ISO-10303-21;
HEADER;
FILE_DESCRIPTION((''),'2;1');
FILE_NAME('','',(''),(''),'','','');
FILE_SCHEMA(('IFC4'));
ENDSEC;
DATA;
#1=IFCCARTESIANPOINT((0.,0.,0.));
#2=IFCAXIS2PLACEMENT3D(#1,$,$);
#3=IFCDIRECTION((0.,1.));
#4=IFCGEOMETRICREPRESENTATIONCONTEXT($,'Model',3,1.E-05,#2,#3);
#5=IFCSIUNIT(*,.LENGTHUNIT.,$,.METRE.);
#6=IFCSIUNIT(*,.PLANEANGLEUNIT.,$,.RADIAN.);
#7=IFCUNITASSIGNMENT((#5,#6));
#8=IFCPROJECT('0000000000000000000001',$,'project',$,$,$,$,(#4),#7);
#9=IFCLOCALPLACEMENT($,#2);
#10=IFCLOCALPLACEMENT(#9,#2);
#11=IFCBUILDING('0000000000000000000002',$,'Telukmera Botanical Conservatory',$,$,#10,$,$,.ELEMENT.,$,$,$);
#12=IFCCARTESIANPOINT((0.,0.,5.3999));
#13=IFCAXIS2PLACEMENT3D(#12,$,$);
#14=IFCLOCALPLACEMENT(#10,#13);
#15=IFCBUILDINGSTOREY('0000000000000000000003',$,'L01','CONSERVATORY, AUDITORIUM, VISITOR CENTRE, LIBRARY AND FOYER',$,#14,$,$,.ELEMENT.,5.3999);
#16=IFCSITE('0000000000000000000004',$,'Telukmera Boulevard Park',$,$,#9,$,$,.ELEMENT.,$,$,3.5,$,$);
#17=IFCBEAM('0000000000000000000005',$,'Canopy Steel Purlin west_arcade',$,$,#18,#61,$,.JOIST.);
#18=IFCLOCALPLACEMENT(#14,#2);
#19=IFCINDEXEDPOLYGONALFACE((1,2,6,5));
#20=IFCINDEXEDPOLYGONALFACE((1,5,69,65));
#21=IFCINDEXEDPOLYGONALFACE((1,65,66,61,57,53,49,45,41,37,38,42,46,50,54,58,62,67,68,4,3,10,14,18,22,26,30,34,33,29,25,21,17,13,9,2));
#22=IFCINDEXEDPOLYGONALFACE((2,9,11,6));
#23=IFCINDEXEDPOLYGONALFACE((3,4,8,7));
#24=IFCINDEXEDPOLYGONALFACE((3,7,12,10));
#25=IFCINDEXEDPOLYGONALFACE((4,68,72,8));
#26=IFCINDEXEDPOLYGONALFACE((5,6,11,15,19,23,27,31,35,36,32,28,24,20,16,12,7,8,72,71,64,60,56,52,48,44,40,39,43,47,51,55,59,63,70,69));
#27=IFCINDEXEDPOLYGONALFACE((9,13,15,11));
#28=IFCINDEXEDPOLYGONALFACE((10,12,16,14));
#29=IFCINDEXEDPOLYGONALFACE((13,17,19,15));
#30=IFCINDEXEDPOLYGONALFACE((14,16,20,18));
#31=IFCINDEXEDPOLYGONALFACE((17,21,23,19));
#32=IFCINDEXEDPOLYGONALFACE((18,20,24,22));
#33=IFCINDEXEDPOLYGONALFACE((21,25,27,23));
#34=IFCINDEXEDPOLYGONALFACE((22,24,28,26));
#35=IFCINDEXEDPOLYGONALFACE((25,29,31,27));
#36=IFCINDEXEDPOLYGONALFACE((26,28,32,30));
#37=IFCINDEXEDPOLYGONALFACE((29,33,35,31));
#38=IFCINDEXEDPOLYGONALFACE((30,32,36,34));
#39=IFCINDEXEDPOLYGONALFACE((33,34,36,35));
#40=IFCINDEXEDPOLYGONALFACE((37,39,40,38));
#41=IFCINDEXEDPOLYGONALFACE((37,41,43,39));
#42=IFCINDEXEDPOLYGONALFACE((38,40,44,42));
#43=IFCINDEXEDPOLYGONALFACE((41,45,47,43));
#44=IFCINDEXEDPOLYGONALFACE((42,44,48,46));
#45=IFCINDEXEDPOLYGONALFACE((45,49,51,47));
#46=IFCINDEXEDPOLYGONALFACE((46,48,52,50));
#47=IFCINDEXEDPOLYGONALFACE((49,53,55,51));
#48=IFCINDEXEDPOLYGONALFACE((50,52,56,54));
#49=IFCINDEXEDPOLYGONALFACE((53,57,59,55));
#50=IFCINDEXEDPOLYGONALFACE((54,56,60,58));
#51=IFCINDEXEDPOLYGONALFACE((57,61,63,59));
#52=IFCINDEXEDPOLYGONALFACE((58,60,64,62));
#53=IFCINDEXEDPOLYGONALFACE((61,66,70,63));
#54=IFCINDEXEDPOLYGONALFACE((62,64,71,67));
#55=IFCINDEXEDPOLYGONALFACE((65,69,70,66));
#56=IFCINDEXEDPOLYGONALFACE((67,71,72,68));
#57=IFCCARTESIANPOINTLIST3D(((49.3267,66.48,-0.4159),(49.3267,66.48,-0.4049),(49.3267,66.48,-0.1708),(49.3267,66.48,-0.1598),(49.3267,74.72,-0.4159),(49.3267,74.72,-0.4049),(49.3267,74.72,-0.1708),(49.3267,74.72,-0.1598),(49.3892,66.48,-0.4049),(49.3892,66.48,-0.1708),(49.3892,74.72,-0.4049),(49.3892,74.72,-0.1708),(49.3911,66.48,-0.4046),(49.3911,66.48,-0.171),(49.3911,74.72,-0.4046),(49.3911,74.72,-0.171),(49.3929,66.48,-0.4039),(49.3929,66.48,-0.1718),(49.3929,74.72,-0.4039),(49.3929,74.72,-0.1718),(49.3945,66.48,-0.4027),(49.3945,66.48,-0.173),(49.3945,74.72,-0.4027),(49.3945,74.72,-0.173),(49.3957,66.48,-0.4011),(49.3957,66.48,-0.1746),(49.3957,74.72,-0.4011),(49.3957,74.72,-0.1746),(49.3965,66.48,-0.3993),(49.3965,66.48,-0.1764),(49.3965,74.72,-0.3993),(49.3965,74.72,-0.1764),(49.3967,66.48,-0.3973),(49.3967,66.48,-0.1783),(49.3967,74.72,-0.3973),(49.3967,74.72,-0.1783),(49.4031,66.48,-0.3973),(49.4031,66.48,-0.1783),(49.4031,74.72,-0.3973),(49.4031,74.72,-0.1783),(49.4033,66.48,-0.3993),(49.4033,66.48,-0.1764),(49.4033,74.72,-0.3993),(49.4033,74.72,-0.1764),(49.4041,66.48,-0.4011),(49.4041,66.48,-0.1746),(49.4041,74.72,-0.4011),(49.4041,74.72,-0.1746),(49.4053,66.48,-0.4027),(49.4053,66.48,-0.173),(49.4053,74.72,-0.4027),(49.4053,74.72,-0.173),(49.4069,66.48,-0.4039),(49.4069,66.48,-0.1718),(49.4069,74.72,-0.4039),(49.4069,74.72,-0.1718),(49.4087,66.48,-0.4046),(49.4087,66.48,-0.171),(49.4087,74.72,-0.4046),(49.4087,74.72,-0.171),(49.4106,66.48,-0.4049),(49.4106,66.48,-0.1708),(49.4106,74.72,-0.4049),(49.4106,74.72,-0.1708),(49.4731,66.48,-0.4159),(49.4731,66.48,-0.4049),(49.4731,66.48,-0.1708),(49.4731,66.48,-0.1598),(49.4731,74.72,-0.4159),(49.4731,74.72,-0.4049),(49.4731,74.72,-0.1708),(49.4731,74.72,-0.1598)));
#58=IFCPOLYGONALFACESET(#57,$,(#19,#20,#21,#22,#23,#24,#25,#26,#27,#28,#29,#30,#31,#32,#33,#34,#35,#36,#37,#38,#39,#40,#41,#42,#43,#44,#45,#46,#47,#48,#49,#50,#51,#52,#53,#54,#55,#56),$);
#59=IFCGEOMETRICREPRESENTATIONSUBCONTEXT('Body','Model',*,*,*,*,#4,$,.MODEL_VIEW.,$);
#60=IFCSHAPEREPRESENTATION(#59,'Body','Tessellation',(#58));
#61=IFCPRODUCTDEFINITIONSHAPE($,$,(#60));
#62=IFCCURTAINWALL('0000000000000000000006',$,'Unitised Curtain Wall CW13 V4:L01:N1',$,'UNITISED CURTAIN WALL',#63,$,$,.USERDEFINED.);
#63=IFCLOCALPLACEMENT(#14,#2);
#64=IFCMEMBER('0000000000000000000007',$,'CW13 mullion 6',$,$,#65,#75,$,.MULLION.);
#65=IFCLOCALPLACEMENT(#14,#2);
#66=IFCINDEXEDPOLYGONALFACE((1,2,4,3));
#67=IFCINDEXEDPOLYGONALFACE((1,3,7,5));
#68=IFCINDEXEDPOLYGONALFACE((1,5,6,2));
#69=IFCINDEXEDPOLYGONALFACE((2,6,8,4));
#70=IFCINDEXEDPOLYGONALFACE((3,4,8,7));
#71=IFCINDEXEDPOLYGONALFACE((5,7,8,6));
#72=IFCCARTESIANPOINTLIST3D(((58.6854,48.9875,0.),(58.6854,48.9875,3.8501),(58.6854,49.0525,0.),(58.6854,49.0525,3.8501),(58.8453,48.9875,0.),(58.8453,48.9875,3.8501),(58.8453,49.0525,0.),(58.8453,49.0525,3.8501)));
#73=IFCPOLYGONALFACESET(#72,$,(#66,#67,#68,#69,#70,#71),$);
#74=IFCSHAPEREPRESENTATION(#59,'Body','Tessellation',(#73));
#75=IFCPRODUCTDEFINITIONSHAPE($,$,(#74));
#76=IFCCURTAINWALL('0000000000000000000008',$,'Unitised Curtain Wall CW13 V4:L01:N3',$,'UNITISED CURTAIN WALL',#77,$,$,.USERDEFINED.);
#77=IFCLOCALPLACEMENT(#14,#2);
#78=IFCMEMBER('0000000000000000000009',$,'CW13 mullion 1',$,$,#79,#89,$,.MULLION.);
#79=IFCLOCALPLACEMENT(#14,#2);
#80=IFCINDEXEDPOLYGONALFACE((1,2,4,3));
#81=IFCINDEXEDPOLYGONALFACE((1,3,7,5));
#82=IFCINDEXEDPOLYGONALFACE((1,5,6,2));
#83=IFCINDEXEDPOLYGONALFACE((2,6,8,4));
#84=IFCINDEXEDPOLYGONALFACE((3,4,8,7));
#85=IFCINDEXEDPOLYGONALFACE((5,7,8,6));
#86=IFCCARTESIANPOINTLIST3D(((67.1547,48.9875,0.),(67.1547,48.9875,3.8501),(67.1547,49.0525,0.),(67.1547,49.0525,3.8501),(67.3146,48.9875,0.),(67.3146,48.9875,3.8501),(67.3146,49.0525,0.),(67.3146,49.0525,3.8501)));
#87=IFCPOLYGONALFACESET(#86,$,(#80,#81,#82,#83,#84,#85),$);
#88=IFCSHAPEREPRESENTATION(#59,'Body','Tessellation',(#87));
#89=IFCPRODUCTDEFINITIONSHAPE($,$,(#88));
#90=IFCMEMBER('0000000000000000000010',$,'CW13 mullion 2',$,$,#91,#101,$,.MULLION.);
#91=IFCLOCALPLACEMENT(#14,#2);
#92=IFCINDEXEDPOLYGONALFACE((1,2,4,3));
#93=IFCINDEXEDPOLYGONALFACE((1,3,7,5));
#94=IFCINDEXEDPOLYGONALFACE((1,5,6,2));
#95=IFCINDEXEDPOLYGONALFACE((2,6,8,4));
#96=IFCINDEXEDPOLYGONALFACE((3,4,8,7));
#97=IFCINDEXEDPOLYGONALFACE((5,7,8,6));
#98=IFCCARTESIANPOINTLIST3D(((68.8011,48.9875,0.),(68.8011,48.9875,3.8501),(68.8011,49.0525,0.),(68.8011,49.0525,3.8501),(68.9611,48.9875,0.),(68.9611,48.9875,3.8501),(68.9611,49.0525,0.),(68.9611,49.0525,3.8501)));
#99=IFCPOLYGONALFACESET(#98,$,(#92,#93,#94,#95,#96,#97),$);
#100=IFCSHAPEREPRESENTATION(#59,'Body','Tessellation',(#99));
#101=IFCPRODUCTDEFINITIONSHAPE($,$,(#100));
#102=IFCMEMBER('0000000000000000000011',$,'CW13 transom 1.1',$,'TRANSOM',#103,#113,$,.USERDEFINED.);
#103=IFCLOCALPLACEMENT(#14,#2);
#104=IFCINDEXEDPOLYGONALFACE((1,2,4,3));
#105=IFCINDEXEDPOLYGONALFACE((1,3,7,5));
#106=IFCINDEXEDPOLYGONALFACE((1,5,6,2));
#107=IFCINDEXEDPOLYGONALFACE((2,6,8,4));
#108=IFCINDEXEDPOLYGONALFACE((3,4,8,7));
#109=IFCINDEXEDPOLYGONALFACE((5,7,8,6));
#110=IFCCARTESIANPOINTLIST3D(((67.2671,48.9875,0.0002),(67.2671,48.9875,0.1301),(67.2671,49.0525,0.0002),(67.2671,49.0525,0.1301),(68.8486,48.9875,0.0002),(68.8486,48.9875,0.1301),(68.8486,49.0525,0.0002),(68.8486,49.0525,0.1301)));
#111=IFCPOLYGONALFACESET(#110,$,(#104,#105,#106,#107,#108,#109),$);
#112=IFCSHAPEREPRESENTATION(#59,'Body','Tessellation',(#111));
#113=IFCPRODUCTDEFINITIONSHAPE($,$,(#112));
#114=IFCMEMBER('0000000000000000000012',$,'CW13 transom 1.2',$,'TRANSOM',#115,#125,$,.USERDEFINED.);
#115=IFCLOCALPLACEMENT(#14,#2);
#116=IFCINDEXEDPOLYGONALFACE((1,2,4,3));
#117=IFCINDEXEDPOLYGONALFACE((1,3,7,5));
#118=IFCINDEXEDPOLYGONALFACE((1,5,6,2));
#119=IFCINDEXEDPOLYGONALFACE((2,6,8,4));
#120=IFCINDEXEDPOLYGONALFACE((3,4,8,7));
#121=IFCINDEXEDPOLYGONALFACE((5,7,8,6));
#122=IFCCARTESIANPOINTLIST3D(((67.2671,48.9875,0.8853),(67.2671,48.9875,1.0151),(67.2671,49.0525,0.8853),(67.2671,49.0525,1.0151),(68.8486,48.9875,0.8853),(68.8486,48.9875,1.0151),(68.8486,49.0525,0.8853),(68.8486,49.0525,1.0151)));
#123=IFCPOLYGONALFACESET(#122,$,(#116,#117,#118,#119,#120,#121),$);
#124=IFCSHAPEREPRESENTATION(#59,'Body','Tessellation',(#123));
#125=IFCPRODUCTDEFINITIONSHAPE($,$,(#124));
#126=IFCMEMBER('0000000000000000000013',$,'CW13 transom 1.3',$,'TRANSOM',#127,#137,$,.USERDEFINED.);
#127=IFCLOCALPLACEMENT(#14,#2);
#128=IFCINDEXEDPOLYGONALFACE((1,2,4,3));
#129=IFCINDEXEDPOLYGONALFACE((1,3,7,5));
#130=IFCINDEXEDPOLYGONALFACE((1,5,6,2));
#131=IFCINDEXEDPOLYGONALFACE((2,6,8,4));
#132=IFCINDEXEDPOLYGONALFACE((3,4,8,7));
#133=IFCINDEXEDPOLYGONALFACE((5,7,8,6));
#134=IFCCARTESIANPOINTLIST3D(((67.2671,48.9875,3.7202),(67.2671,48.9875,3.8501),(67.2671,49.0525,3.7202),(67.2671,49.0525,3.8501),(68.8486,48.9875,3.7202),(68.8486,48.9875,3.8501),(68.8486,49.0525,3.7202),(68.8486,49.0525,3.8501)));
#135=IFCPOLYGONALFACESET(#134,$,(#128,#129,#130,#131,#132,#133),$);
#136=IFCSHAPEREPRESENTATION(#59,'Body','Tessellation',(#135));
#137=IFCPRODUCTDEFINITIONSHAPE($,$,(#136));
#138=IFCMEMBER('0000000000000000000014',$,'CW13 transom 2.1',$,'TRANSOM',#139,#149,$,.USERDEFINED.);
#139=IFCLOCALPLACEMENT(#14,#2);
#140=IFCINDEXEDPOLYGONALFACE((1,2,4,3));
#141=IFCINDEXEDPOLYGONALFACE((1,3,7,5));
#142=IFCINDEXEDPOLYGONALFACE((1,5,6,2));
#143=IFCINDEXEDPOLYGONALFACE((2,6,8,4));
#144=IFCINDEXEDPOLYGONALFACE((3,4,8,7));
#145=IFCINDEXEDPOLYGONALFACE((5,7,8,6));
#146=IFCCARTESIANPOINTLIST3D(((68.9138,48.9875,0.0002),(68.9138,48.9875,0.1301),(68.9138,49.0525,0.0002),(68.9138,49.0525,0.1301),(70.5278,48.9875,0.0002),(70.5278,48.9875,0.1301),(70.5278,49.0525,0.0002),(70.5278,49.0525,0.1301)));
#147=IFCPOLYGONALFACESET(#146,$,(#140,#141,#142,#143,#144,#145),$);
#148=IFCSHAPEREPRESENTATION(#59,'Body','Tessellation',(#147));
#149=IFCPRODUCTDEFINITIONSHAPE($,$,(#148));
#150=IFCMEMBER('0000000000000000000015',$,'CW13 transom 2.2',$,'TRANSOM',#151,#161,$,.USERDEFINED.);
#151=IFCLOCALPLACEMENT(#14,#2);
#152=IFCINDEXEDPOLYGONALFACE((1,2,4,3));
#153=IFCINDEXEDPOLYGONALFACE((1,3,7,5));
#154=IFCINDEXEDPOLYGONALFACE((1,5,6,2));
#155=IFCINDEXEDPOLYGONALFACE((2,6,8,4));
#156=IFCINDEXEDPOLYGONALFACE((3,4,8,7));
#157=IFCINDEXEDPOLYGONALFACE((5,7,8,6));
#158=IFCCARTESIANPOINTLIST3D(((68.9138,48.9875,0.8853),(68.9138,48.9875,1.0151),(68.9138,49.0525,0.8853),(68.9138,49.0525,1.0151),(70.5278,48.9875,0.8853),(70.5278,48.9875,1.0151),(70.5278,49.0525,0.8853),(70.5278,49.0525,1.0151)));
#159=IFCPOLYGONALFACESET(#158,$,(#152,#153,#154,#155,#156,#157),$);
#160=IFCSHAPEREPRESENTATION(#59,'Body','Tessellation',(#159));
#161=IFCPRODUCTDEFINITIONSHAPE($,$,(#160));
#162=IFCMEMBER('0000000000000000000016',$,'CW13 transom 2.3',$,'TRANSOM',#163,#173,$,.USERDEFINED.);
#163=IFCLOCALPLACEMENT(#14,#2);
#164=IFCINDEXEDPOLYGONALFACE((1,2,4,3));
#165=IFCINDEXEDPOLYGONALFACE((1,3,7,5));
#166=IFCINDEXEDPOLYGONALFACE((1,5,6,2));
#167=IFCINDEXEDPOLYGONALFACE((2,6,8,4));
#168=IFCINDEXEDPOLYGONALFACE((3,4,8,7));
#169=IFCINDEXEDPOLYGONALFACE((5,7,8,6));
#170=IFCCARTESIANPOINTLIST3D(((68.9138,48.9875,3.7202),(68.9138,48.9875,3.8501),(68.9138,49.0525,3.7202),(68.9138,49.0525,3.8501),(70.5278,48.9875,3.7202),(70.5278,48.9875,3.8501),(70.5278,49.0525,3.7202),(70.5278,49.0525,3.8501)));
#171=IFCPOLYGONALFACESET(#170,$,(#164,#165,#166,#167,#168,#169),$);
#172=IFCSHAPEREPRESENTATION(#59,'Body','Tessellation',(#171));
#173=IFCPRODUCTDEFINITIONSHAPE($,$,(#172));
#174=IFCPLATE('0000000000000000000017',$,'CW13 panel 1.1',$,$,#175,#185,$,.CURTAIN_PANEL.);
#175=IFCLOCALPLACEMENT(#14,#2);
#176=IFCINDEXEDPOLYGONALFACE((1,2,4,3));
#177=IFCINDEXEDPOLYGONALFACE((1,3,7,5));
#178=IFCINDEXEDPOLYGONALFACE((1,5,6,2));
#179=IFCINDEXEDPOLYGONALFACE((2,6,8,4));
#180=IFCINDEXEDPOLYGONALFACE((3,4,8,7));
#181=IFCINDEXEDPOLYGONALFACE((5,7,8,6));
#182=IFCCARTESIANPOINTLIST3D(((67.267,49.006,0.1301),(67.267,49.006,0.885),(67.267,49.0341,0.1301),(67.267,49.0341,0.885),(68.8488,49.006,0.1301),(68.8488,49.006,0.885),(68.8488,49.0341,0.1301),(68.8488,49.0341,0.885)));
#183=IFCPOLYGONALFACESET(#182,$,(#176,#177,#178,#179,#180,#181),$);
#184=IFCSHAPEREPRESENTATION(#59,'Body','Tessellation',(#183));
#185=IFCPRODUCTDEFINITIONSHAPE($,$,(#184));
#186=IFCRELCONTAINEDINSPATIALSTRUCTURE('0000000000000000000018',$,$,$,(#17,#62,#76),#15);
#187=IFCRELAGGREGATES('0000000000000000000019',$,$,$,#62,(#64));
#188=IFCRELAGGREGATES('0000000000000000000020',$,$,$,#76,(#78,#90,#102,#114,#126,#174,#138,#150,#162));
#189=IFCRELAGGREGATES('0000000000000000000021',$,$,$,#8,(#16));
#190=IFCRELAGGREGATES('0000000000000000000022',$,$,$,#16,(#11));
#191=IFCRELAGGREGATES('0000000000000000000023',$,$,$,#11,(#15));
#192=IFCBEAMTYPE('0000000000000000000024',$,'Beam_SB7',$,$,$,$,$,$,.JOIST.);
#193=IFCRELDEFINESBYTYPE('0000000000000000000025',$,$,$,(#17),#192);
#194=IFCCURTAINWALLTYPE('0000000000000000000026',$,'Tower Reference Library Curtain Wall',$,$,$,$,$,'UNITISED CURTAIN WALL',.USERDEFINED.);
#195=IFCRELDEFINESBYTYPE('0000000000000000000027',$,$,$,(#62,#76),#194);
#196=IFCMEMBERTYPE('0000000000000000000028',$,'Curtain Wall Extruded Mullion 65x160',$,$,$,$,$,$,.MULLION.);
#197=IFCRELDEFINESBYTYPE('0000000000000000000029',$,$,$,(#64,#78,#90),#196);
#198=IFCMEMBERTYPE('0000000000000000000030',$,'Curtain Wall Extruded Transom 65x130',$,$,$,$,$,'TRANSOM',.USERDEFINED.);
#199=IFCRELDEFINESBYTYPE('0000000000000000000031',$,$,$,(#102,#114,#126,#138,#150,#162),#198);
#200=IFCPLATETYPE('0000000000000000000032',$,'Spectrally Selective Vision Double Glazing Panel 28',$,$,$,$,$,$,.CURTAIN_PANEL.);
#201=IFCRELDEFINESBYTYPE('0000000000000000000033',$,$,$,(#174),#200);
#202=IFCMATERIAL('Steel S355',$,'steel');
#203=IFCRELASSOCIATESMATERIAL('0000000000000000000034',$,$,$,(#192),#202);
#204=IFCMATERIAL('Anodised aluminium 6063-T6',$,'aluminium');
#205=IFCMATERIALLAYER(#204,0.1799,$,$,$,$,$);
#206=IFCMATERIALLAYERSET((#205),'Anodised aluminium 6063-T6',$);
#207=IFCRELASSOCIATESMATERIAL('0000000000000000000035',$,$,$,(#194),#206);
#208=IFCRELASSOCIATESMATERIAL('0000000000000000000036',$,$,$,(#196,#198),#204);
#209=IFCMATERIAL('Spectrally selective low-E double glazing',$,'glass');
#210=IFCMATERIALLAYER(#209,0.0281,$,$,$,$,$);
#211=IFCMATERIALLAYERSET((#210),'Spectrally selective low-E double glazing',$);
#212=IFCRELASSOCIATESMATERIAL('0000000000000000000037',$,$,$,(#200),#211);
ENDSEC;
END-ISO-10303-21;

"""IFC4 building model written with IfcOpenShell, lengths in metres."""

from ifc_helpers import new_model, si_unit, direction, frame, origin, origin_2d, place, context, subcontext, project, spatial, rectangle, i_section, extrude, material, layer, layer_set, material_profile, profile_set, type_object, element, aggregate, save


model = new_model("IFC4")

# Units and contexts
model_context = context("Model", 3, precision=1e-05, world=origin(), true_north=direction((0.0, 1.0)))
body_context = subcontext(model_context, "Body", "Model", "MODEL_VIEW")
ifc_project = project(units=[si_unit("LENGTHUNIT", "METRE"), si_unit("PLANEANGLEUNIT", "RADIAN")], contexts=[model_context])

# Site, building, storey
site_placement = place(None, origin())
site = spatial("IfcSite", under=ifc_project, at=site_placement, Name="Telukmera Boulevard Park", CompositionType="ELEMENT", RefElevation=3.5)
building_placement = place(site_placement, origin())
building = spatial("IfcBuilding", under=site, at=building_placement, Name="Telukmera Botanical Conservatory", CompositionType="ELEMENT")
storey_placement = place(building_placement, frame((0.0, 0.0, 5.3999)))
storey = spatial("IfcBuildingStorey", under=building, at=storey_placement, Name="L01", Description="CONSERVATORY, AUDITORIUM, VISITOR CENTRE, LIBRARY AND FOYER", CompositionType="ELEMENT", Elevation=5.3999)

# Beam
ifc_material_1 = material(Name="Steel S355", Category="steel")
ifc_material_profile_1 = material_profile(ifc_material_1, i_section(OverallWidth=0.1465, OverallDepth=0.2561, WebThickness=0.0063, FlangeThickness=0.011, FilletRadius=0.0076, at=origin_2d()), Name="UB 254x146x37")
ifc_profile_set_1 = profile_set([ifc_material_profile_1], Name="Steel S355")
beam_type = type_object("IfcBeamType", Name="Beam_SB7", PredefinedType="JOIST", material=ifc_profile_set_1)
beam_placement = place(storey_placement, frame((49.3999, 66.48, -0.2878), z_axis=(0.0, 1.0, 0.0), x_axis=(-1.0, 0.0, 0.0)))
element("IfcBeam", 1, at=beam_placement, inside=storey, type_object=beam_type, Name="Canopy Steel Purlin west_arcade", PredefinedType="JOIST", context=body_context, shape_type="SweptSolid", body=[
    extrude(i_section(OverallWidth=0.1465, OverallDepth=0.2561, WebThickness=0.0063, FlangeThickness=0.011, FilletRadius=0.0076, at=origin_2d()), origin(), (0.0, 0.0, 1.0), 8.24),
])

# Curtain wall, member
ifc_material_2 = material(Name="Anodised aluminium 6063-T6", Category="aluminium")
ifc_layer_1 = layer(ifc_material_2, 0.1799)
ifc_layer_set_1 = layer_set([ifc_layer_1], Name="Anodised aluminium 6063-T6")
curtain_wall_type = type_object("IfcCurtainWallType", Name="Tower Reference Library Curtain Wall", ElementType="UNITISED CURTAIN WALL", PredefinedType="USERDEFINED", material=ifc_layer_set_1)
curtain_wall_1_placement = place(storey_placement, origin())
curtain_wall_1 = element("IfcCurtainWall", 2, at=curtain_wall_1_placement, inside=storey, type_object=curtain_wall_type, Name="Unitised Curtain Wall CW13 V4:L01:N1", ObjectType="UNITISED CURTAIN WALL", PredefinedType="USERDEFINED")
ifc_material_profile_2 = material_profile(ifc_material_2, rectangle(XDim=0.0649, YDim=0.1599, at=origin_2d()), Name="ALU MULL 65x160")
ifc_profile_set_2 = profile_set([ifc_material_profile_2], Name="Anodised aluminium 6063-T6")
member_type_1 = type_object("IfcMemberType", Name="Curtain Wall Extruded Mullion 65x160", PredefinedType="MULLION", material=ifc_profile_set_2)
member_1_placement = place(storey_placement, frame((58.7654, 49.02, 0.0), z_axis=(0.0, 0.0, 1.0), x_axis=(0.0, 1.0, 0.0)))
member_1 = element("IfcMember", 3, at=member_1_placement, type_object=member_type_1, Name="CW13 mullion 6", PredefinedType="MULLION", context=body_context, shape_type="SweptSolid", body=[
    extrude(rectangle(XDim=0.0649, YDim=0.1599, at=origin_2d()), origin(), (0.0, 0.0, 1.0), 3.8501),
])
aggregate(curtain_wall_1, [member_1])

# Curtain wall, members, plate
curtain_wall_2_placement = place(storey_placement, origin())
curtain_wall_2 = element("IfcCurtainWall", 4, at=curtain_wall_2_placement, inside=storey, type_object=curtain_wall_type, Name="Unitised Curtain Wall CW13 V4:L01:N3", ObjectType="UNITISED CURTAIN WALL", PredefinedType="USERDEFINED")
member_2_placement = place(storey_placement, frame((67.2346, 49.02, 0.0), z_axis=(0.0, 0.0, 1.0), x_axis=(0.0, 1.0, 0.0)))
member_2 = element("IfcMember", 5, at=member_2_placement, type_object=member_type_1, Name="CW13 mullion 1", PredefinedType="MULLION", context=body_context, shape_type="SweptSolid", body=[
    extrude(rectangle(XDim=0.0649, YDim=0.1599, at=origin_2d()), origin(), (0.0, 0.0, 1.0), 3.8501),
])
member_3_placement = place(storey_placement, frame((68.8811, 49.02, 0.0), z_axis=(0.0, 0.0, 1.0), x_axis=(0.0, 1.0, 0.0)))
member_3 = element("IfcMember", 6, at=member_3_placement, type_object=member_type_1, Name="CW13 mullion 2", PredefinedType="MULLION", context=body_context, shape_type="SweptSolid", body=[
    extrude(rectangle(XDim=0.0649, YDim=0.1599, at=origin_2d()), origin(), (0.0, 0.0, 1.0), 3.8501),
])
ifc_material_profile_3 = material_profile(ifc_material_2, rectangle(XDim=0.0649, YDim=0.1299, at=origin_2d()), Name="ALU TRAN 65x130")
ifc_profile_set_3 = profile_set([ifc_material_profile_3], Name="Anodised aluminium 6063-T6")
member_type_2 = type_object("IfcMemberType", Name="Curtain Wall Extruded Transom 65x130", ElementType="TRANSOM", PredefinedType="USERDEFINED", material=ifc_profile_set_3)
member_4_placement = place(storey_placement, frame((67.2671, 49.02, 0.0652), z_axis=(1.0, 0.0, 0.0), x_axis=(0.0, 1.0, 0.0)))
member_4 = element("IfcMember", 7, at=member_4_placement, type_object=member_type_2, Name="CW13 transom 1.1", ObjectType="TRANSOM", PredefinedType="USERDEFINED", context=body_context, shape_type="SweptSolid", body=[
    extrude(rectangle(XDim=0.0649, YDim=0.1299, at=origin_2d()), origin(), (0.0, 0.0, 1.0), 1.5815),
])
member_5_placement = place(storey_placement, frame((67.2671, 49.02, 0.9502), z_axis=(1.0, 0.0, 0.0), x_axis=(0.0, 1.0, 0.0)))
member_5 = element("IfcMember", 8, at=member_5_placement, type_object=member_type_2, Name="CW13 transom 1.2", ObjectType="TRANSOM", PredefinedType="USERDEFINED", context=body_context, shape_type="SweptSolid", body=[
    extrude(rectangle(XDim=0.0649, YDim=0.1299, at=origin_2d()), origin(), (0.0, 0.0, 1.0), 1.5815),
])
member_6_placement = place(storey_placement, frame((67.2671, 49.02, 3.7852), z_axis=(1.0, 0.0, 0.0), x_axis=(0.0, 1.0, 0.0)))
member_6 = element("IfcMember", 9, at=member_6_placement, type_object=member_type_2, Name="CW13 transom 1.3", ObjectType="TRANSOM", PredefinedType="USERDEFINED", context=body_context, shape_type="SweptSolid", body=[
    extrude(rectangle(XDim=0.0649, YDim=0.1299, at=origin_2d()), origin(), (0.0, 0.0, 1.0), 1.5815),
])
member_7_placement = place(storey_placement, frame((68.9138, 49.02, 0.0652), z_axis=(1.0, 0.0, 0.0), x_axis=(0.0, 1.0, 0.0)))
member_7 = element("IfcMember", 10, at=member_7_placement, type_object=member_type_2, Name="CW13 transom 2.1", ObjectType="TRANSOM", PredefinedType="USERDEFINED", context=body_context, shape_type="SweptSolid", body=[
    extrude(rectangle(XDim=0.0649, YDim=0.1299, at=origin_2d()), origin(), (0.0, 0.0, 1.0), 1.614),
])
member_8_placement = place(storey_placement, frame((68.9138, 49.02, 0.9502), z_axis=(1.0, 0.0, 0.0), x_axis=(0.0, 1.0, 0.0)))
member_8 = element("IfcMember", 11, at=member_8_placement, type_object=member_type_2, Name="CW13 transom 2.2", ObjectType="TRANSOM", PredefinedType="USERDEFINED", context=body_context, shape_type="SweptSolid", body=[
    extrude(rectangle(XDim=0.0649, YDim=0.1299, at=origin_2d()), origin(), (0.0, 0.0, 1.0), 1.614),
])
member_9_placement = place(storey_placement, frame((68.9138, 49.02, 3.7852), z_axis=(1.0, 0.0, 0.0), x_axis=(0.0, 1.0, 0.0)))
member_9 = element("IfcMember", 12, at=member_9_placement, type_object=member_type_2, Name="CW13 transom 2.3", ObjectType="TRANSOM", PredefinedType="USERDEFINED", context=body_context, shape_type="SweptSolid", body=[
    extrude(rectangle(XDim=0.0649, YDim=0.1299, at=origin_2d()), origin(), (0.0, 0.0, 1.0), 1.614),
])
ifc_material_3 = material(Name="Spectrally selective low-E double glazing", Category="glass")
ifc_layer_2 = layer(ifc_material_3, 0.0281)
ifc_layer_set_2 = layer_set([ifc_layer_2], Name="Spectrally selective low-E double glazing")
plate_type = type_object("IfcPlateType", Name="Spectrally Selective Vision Double Glazing Panel 28", PredefinedType="CURTAIN_PANEL", material=ifc_layer_set_2)
plate_1_placement = place(storey_placement, frame((68.0579, 49.02, 0.1301), z_axis=(0.0, 0.0, 1.0), x_axis=(1.0, 0.0, 0.0)))
plate_1 = element("IfcPlate", 13, at=plate_1_placement, type_object=plate_type, Name="CW13 panel 1.1", PredefinedType="CURTAIN_PANEL", context=body_context, shape_type="SweptSolid", body=[
    extrude(rectangle(XDim=1.5818, YDim=0.0281, at=origin_2d()), origin(), (0.0, 0.0, 1.0), 0.7549),
])
aggregate(curtain_wall_2, [member_2, member_3, member_4, member_5, member_6, plate_1, member_7, member_8, member_9])

save(model, "model.ifc")
